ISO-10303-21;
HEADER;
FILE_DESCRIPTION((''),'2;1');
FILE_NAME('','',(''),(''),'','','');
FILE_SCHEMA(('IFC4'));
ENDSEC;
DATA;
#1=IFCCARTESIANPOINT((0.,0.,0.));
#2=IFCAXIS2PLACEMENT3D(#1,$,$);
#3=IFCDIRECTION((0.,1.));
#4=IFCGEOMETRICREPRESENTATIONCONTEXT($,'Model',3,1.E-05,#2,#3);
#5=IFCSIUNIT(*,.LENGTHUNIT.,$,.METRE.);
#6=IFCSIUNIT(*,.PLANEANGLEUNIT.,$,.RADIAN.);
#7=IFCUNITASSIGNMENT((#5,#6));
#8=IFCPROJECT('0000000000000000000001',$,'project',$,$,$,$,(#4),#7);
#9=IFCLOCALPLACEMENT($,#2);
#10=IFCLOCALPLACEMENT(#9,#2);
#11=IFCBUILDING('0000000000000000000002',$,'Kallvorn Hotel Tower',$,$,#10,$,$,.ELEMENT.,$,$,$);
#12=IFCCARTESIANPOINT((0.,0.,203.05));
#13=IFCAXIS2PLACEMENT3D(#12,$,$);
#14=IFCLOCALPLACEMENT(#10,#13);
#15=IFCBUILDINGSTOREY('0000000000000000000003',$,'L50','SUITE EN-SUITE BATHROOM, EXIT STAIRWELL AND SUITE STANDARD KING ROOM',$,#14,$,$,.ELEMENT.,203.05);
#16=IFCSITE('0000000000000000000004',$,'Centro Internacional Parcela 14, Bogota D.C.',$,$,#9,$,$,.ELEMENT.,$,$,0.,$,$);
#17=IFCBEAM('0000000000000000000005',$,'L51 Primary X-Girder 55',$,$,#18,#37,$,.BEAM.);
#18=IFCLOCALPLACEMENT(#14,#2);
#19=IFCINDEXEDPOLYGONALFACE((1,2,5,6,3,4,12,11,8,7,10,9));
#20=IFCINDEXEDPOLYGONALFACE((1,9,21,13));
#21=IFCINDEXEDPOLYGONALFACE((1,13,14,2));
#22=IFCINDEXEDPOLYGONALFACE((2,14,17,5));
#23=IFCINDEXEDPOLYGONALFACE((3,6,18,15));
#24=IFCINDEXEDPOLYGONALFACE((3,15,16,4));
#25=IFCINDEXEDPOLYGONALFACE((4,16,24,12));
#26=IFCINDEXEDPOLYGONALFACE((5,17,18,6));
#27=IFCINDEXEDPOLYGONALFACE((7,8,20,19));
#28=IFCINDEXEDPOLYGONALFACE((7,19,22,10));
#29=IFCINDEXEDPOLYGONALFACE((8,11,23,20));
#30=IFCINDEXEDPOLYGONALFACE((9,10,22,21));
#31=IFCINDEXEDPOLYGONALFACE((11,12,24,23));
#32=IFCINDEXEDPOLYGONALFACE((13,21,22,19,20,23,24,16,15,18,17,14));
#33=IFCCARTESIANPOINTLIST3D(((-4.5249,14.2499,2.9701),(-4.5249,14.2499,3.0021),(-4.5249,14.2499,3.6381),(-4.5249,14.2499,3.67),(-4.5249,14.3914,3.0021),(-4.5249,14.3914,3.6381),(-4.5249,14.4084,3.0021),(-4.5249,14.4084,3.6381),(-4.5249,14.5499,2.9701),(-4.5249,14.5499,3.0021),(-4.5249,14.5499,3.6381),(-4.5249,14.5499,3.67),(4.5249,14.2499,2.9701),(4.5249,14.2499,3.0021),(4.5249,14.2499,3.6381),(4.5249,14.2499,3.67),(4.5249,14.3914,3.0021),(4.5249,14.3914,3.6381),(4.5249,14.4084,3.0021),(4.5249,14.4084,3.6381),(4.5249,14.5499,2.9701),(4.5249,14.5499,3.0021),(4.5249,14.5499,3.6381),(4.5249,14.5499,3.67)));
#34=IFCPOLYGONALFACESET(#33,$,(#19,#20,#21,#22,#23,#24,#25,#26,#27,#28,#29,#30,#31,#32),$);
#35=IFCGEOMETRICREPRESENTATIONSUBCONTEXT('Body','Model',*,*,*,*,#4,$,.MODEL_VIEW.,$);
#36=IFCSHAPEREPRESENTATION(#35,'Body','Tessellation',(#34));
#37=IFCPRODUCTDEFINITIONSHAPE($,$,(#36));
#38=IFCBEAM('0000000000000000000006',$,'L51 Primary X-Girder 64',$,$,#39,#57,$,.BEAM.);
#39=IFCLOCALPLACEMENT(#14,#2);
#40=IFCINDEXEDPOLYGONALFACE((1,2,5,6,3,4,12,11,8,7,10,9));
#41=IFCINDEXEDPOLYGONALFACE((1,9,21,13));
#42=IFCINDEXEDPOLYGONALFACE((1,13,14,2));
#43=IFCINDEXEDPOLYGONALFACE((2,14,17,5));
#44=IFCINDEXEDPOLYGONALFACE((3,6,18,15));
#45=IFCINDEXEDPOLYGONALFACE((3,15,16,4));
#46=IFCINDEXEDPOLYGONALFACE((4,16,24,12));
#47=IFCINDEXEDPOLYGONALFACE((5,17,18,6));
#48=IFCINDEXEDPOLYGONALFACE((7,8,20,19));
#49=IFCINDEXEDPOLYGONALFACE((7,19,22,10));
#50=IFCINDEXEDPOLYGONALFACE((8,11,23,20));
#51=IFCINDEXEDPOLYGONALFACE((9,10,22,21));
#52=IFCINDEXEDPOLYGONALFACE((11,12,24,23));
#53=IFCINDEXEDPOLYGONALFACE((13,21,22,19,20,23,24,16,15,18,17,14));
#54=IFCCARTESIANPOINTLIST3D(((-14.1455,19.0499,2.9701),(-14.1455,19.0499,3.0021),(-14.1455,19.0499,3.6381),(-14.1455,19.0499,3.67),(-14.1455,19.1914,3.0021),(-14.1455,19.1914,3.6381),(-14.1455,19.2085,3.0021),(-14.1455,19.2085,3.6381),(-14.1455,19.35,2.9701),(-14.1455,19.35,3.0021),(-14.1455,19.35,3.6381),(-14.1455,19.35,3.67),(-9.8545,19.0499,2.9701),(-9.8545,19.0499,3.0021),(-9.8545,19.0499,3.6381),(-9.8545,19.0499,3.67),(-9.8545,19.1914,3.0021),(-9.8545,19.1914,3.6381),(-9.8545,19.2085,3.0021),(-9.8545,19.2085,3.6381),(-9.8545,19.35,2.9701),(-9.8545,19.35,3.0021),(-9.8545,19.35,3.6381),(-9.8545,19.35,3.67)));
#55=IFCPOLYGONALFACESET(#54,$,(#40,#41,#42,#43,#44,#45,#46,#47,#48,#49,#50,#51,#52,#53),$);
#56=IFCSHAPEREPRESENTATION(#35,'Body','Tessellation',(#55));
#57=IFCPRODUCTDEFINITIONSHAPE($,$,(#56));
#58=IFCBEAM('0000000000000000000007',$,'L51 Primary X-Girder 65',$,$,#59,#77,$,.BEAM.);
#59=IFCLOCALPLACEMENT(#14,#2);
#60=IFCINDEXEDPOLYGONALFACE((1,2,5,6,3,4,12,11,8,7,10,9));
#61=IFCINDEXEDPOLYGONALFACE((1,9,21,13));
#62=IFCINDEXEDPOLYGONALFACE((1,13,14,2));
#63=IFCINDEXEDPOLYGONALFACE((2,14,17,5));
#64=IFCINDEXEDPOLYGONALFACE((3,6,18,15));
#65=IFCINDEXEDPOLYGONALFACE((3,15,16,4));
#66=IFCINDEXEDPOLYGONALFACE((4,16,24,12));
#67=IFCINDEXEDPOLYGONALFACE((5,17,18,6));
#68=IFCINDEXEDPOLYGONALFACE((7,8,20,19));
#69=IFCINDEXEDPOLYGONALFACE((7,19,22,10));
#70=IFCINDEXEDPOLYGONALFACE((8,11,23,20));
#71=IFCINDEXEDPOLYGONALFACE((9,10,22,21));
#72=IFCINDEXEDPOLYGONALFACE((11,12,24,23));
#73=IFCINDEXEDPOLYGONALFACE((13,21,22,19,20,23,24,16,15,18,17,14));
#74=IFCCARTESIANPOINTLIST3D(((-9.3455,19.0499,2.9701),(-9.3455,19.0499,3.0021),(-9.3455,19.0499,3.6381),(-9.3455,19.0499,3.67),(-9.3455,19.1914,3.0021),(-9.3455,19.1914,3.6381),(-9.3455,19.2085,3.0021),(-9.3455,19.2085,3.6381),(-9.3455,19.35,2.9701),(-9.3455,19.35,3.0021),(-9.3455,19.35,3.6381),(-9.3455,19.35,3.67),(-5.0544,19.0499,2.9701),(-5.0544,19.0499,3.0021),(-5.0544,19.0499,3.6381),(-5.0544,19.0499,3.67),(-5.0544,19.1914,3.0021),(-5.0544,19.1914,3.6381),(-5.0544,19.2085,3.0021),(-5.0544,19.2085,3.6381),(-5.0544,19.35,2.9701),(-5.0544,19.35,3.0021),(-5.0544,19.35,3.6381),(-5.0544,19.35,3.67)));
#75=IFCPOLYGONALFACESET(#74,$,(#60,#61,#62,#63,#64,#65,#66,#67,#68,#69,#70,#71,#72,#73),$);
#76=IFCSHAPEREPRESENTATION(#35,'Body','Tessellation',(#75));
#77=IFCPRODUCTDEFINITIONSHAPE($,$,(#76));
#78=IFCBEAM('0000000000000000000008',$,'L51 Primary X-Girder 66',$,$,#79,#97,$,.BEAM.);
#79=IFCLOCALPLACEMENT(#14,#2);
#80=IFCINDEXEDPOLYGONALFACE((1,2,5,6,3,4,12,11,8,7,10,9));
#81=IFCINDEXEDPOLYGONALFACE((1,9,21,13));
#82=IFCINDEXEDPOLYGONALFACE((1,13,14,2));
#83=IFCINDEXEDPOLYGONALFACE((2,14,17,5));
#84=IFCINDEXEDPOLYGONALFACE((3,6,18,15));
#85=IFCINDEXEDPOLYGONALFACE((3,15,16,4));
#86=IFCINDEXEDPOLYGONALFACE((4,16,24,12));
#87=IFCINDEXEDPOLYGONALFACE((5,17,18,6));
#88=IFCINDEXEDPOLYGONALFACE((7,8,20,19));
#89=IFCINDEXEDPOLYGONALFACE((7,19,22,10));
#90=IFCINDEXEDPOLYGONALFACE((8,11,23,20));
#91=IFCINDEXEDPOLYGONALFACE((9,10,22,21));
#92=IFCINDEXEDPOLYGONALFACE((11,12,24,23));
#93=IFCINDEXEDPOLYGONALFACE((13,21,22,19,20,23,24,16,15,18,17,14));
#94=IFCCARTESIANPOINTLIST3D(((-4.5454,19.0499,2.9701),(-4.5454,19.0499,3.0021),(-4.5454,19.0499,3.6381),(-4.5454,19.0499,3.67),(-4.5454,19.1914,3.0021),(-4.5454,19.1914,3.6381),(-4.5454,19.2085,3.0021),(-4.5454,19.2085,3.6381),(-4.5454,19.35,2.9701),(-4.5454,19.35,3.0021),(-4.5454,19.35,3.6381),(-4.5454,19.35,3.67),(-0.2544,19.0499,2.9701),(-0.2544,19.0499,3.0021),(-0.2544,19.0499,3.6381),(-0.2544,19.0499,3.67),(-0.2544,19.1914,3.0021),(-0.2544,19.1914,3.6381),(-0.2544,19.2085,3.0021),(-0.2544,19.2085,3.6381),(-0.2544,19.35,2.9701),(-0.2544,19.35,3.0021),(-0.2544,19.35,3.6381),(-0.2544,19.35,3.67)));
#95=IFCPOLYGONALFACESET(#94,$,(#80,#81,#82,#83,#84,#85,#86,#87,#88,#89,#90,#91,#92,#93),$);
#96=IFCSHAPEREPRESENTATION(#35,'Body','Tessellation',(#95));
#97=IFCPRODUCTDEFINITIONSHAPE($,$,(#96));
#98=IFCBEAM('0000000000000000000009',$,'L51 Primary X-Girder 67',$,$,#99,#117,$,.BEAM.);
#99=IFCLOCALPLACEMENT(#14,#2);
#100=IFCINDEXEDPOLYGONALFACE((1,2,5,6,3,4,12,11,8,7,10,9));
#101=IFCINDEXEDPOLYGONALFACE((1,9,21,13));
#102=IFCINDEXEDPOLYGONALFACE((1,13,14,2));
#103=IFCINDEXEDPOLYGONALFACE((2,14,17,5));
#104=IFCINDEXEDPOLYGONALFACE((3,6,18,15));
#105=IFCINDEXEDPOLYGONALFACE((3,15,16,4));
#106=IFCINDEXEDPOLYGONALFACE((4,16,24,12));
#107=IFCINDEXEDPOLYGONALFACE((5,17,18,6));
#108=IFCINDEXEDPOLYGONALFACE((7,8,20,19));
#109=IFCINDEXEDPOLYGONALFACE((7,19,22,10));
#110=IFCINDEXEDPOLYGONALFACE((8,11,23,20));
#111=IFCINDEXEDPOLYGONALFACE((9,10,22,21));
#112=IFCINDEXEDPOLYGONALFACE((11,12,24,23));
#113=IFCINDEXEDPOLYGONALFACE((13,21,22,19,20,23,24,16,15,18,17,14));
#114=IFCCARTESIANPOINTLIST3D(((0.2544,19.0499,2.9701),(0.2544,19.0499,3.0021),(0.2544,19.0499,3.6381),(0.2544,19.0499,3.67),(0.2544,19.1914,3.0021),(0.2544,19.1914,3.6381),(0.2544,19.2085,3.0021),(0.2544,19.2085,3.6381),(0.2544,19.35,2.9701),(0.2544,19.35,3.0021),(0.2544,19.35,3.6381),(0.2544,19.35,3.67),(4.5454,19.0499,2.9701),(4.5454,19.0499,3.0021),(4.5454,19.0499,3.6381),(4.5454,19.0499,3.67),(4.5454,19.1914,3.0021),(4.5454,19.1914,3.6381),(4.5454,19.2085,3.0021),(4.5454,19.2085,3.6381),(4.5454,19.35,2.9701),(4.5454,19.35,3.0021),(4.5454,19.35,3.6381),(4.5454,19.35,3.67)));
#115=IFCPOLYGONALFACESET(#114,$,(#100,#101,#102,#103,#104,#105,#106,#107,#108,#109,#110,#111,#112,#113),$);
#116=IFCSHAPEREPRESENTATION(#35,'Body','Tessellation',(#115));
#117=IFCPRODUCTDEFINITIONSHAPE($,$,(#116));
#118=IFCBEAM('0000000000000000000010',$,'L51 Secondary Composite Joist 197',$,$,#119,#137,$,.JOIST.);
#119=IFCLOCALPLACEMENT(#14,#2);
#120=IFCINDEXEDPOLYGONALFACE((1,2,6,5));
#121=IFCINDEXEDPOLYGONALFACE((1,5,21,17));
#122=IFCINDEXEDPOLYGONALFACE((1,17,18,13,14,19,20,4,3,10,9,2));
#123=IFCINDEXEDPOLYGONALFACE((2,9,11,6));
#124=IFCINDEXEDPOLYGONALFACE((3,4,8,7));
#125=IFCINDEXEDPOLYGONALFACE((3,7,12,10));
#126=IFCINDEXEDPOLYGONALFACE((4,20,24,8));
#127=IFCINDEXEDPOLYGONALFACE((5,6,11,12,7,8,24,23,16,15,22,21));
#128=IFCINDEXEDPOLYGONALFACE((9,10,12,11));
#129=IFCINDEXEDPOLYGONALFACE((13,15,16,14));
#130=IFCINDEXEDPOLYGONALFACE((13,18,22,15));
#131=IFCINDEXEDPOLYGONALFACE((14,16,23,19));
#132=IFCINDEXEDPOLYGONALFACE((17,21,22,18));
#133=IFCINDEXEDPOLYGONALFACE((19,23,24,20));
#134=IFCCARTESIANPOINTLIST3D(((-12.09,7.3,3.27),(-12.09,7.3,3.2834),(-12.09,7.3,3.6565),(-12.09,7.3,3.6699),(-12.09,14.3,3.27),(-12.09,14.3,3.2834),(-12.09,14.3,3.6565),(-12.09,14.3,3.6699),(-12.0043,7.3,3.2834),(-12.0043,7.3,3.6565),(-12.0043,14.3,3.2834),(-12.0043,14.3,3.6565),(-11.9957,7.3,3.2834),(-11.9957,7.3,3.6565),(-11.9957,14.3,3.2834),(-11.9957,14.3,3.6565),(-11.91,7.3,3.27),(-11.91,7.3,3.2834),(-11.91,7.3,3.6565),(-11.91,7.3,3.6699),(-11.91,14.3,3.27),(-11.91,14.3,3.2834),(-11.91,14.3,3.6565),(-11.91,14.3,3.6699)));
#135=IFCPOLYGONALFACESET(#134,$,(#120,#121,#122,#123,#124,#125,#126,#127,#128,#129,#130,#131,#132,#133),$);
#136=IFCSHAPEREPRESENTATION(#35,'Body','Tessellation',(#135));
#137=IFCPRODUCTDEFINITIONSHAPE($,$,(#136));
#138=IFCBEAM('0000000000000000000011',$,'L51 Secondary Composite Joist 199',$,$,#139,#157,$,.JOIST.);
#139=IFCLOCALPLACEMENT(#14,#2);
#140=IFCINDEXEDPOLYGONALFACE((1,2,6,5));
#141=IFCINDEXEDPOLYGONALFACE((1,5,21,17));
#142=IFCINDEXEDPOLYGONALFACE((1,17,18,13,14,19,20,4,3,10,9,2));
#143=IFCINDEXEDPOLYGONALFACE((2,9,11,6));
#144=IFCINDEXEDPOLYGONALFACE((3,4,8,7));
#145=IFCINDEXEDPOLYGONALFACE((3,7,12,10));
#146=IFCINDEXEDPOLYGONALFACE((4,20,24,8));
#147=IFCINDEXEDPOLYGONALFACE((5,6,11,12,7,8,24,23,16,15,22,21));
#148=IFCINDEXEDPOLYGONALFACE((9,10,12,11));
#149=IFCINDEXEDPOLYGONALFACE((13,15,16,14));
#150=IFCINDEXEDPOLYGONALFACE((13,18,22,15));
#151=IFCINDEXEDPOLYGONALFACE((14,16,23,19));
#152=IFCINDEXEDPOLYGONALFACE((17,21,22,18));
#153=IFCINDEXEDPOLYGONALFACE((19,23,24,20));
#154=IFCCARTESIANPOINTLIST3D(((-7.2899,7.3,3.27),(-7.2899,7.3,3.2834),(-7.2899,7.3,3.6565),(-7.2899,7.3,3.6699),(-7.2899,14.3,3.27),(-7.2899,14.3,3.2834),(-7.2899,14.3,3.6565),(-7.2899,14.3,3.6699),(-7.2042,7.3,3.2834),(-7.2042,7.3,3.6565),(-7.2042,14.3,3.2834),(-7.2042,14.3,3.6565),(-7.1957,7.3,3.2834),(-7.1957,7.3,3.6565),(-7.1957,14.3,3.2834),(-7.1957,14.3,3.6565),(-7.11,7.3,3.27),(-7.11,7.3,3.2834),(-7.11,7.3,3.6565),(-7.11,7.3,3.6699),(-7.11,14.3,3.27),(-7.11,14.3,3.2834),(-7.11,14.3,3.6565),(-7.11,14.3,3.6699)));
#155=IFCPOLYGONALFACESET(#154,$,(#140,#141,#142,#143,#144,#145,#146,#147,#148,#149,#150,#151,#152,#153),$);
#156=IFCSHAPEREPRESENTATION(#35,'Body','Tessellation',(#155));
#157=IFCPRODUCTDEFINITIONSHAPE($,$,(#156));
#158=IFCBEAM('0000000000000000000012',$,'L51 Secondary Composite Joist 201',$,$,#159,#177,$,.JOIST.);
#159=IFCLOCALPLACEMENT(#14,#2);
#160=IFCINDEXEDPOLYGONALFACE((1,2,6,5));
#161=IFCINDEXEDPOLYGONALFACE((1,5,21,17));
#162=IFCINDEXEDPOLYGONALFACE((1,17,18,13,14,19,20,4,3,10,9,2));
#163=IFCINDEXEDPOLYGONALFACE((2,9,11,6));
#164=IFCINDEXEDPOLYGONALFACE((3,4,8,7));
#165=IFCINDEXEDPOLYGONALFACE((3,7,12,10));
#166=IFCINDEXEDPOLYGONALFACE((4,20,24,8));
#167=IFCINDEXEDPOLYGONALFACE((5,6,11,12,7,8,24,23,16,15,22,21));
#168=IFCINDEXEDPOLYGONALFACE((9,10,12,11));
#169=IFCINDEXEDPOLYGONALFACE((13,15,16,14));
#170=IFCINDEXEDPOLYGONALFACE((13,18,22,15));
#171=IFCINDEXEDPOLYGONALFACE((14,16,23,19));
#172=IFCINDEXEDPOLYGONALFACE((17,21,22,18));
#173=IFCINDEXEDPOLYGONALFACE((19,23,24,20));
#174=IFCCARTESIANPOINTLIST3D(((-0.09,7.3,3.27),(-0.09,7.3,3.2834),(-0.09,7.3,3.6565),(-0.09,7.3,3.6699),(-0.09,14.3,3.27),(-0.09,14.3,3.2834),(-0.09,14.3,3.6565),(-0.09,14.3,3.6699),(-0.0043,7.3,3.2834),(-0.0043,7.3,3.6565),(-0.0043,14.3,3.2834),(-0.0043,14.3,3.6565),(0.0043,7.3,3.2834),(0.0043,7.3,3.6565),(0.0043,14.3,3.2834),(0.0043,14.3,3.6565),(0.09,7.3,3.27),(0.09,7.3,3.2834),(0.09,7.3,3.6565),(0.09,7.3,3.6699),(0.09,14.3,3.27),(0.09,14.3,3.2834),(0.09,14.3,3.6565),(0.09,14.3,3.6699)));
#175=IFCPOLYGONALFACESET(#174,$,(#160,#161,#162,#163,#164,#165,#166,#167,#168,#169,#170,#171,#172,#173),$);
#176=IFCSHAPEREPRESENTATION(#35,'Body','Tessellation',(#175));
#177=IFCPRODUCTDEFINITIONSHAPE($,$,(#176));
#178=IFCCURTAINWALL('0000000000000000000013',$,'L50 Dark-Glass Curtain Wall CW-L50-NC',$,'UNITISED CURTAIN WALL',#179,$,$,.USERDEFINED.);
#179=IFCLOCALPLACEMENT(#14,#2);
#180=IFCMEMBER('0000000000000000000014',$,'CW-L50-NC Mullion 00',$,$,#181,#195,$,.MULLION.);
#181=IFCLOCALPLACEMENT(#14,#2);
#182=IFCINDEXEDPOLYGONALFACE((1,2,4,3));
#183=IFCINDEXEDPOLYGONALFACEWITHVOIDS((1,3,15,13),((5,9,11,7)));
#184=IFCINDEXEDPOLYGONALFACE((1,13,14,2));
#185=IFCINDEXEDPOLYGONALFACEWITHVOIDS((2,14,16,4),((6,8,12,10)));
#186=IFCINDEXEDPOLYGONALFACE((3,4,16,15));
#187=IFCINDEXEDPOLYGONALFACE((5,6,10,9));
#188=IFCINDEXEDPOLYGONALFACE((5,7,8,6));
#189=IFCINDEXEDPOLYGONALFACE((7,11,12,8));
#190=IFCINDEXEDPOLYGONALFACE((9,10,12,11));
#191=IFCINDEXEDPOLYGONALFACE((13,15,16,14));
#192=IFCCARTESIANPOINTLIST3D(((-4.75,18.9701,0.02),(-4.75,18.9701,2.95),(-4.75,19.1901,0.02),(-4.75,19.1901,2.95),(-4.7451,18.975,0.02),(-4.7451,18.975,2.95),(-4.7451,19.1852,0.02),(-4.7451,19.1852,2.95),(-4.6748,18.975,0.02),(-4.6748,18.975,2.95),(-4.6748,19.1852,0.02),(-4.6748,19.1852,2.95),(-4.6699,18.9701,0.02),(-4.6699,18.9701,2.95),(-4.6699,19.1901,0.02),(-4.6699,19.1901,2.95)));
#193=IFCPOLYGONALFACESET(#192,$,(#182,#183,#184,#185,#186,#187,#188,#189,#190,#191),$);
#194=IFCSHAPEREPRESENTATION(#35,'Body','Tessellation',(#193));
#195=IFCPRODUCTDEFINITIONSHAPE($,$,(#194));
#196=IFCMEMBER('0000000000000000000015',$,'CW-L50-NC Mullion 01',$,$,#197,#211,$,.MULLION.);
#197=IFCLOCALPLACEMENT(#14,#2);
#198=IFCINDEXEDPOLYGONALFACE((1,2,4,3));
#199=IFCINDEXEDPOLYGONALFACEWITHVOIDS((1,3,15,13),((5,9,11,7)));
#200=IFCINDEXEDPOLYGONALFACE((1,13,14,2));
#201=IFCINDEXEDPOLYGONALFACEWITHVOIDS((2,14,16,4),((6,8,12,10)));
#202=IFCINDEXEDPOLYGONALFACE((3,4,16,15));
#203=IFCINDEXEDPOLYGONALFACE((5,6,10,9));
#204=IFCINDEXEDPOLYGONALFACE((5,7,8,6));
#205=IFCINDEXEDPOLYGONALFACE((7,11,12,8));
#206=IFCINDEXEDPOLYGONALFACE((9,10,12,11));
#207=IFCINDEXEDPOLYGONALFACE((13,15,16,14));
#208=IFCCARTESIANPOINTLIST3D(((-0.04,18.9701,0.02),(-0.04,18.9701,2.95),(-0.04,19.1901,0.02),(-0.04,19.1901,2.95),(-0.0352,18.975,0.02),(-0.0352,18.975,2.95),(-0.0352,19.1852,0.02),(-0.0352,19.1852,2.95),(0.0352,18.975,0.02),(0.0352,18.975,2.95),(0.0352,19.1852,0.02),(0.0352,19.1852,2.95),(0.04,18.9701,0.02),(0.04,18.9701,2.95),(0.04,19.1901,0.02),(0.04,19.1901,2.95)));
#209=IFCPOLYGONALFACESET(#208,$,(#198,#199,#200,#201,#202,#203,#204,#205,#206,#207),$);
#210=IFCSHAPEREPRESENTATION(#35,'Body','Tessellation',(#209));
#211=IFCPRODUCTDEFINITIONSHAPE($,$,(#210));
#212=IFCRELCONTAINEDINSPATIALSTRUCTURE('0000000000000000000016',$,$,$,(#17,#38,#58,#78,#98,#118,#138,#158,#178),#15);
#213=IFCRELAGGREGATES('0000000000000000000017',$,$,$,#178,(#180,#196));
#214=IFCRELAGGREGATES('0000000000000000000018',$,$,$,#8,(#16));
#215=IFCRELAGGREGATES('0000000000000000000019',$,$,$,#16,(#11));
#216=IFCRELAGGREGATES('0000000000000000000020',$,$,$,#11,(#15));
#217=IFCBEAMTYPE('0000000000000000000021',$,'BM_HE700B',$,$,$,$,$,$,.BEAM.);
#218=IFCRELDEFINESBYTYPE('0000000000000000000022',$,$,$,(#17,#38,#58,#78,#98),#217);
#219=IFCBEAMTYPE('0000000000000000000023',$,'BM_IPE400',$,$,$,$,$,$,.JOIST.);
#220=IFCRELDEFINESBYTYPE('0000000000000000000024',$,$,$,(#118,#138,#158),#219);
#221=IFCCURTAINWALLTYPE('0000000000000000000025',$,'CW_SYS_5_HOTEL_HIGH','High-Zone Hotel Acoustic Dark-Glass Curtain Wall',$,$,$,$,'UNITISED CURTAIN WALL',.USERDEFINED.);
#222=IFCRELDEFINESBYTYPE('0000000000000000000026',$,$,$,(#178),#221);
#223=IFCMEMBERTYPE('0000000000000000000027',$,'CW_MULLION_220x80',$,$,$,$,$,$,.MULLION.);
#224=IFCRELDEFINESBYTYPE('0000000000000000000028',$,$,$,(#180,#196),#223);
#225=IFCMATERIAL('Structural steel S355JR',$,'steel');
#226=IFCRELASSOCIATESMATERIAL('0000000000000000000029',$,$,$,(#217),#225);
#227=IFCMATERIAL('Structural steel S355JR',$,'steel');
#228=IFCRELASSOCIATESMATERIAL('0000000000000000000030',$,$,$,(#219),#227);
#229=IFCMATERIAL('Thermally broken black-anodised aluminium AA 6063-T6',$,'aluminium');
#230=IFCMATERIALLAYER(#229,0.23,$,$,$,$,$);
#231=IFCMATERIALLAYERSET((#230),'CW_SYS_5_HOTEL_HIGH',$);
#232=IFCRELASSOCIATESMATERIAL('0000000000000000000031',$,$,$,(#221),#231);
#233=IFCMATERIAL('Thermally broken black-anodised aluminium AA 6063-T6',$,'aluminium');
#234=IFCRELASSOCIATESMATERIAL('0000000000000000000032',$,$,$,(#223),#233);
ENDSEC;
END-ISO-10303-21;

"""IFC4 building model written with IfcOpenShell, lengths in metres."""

from ifc_helpers import new_model, si_unit, direction, frame, origin, origin_2d, place, context, subcontext, project, spatial, hollow_rectangle, i_section, extrude, material, layer, layer_set, material_profile, profile_set, type_object, element, aggregate, save


model = new_model("IFC4")

# Units and contexts
model_context = context("Model", 3, precision=1e-05, world=origin(), true_north=direction((0.0, 1.0)))
body_context = subcontext(model_context, "Body", "Model", "MODEL_VIEW")
ifc_project = project(units=[si_unit("LENGTHUNIT", "METRE"), si_unit("PLANEANGLEUNIT", "RADIAN")], contexts=[model_context])

# Site, building, storey
site_placement = place(None, origin())
site = spatial("IfcSite", under=ifc_project, at=site_placement, Name="Centro Internacional Parcela 14, Bogota D.C.", CompositionType="ELEMENT", RefElevation=0.0)
building_placement = place(site_placement, origin())
building = spatial("IfcBuilding", under=site, at=building_placement, Name="Kallvorn Hotel Tower", CompositionType="ELEMENT")
storey_placement = place(building_placement, frame((0.0, 0.0, 203.05)))
storey = spatial("IfcBuildingStorey", under=building, at=storey_placement, Name="L50", Description="SUITE EN-SUITE BATHROOM, EXIT STAIRWELL AND SUITE STANDARD KING ROOM", CompositionType="ELEMENT", Elevation=203.05)

# Beams
ifc_material_1 = material(Name="Structural steel S355JR", Category="steel")
ifc_material_profile_1 = material_profile(ifc_material_1, i_section(OverallWidth=0.3, OverallDepth=0.7, WebThickness=0.0171, FlangeThickness=0.032, at=origin_2d()), Name="HE 700 B")
ifc_profile_set_1 = profile_set([ifc_material_profile_1], Name="Structural steel S355JR")
beam_type_1 = type_object("IfcBeamType", Name="BM_HE700B", PredefinedType="BEAM", material=ifc_profile_set_1)
beam_1_placement = place(storey_placement, frame((-4.5249, 14.3999, 3.3201), z_axis=(1.0, 0.0, 0.0), x_axis=(0.0, 1.0, 0.0)))
element("IfcBeam", 1, at=beam_1_placement, inside=storey, type_object=beam_type_1, Name="L51 Primary X-Girder 55", PredefinedType="BEAM", context=body_context, shape_type="SweptSolid", body=[
    extrude(i_section(OverallWidth=0.3, OverallDepth=0.7, WebThickness=0.0171, FlangeThickness=0.032, at=origin_2d()), origin(), (0.0, 0.0, 1.0), 9.0498),
])
for number, where, z_axis, x_axis, name in (
    (2, (-14.1455, 19.2, 3.3201), (1.0, 0.0, 0.0), (0.0, 1.0, 0.0), "L51 Primary X-Girder 64"),
    (3, (-9.3455, 19.2, 3.3201), (1.0, 0.0, 0.0), (0.0, 1.0, 0.0), "L51 Primary X-Girder 65"),
    (4, (-4.5454, 19.2, 3.3201), (1.0, 0.0, 0.0), (0.0, 1.0, 0.0), "L51 Primary X-Girder 66"),
    (5, (0.2544, 19.2, 3.3201), (1.0, 0.0, 0.0), (0.0, 1.0, 0.0), "L51 Primary X-Girder 67"),
):
    element("IfcBeam", number, at=place(storey_placement, frame(where, z_axis=z_axis, x_axis=x_axis)), inside=storey, type_object=beam_type_1, Name=name, PredefinedType="BEAM", context=body_context, shape_type="SweptSolid", body=[
        extrude(i_section(OverallWidth=0.3, OverallDepth=0.7, WebThickness=0.0171, FlangeThickness=0.032, at=origin_2d()), origin(), (0.0, 0.0, 1.0), 4.291),
    ])
ifc_material_2 = material(Name="Structural steel S355JR", Category="steel")
ifc_material_profile_2 = material_profile(ifc_material_2, i_section(OverallWidth=0.1799, OverallDepth=0.3999, WebThickness=0.0085, FlangeThickness=0.0134, at=origin_2d()), Name="IPE 400")
ifc_profile_set_2 = profile_set([ifc_material_profile_2], Name="Structural steel S355JR")
beam_type_2 = type_object("IfcBeamType", Name="BM_IPE400", PredefinedType="JOIST", material=ifc_profile_set_2)
for number, where, z_axis, x_axis, name in (
    (6, (-12.0, 7.3, 3.47), (0.0, 1.0, 0.0), (-1.0, 0.0, 0.0), "L51 Secondary Composite Joist 197"),
    (7, (-7.2, 7.3, 3.47), (0.0, 1.0, 0.0), (-1.0, 0.0, 0.0), "L51 Secondary Composite Joist 199"),
    (8, (0.0, 7.3, 3.47), (0.0, 1.0, 0.0), (-1.0, 0.0, 0.0), "L51 Secondary Composite Joist 201"),
):
    element("IfcBeam", number, at=place(storey_placement, frame(where, z_axis=z_axis, x_axis=x_axis)), inside=storey, type_object=beam_type_2, Name=name, PredefinedType="JOIST", context=body_context, shape_type="SweptSolid", body=[
        extrude(i_section(OverallWidth=0.1799, OverallDepth=0.3999, WebThickness=0.0085, FlangeThickness=0.0134, at=origin_2d()), origin(), (0.0, 0.0, 1.0), 7.0),
    ])

# Curtain wall, members
ifc_material_3 = material(Name="Thermally broken black-anodised aluminium AA 6063-T6", Category="aluminium")
ifc_layer_1 = layer(ifc_material_3, 0.23)
ifc_layer_set_1 = layer_set([ifc_layer_1], Name="CW_SYS_5_HOTEL_HIGH")
curtain_wall_type = type_object("IfcCurtainWallType", Name="CW_SYS_5_HOTEL_HIGH", Description="High-Zone Hotel Acoustic Dark-Glass Curtain Wall", ElementType="UNITISED CURTAIN WALL", PredefinedType="USERDEFINED", material=ifc_layer_set_1)
curtain_wall_placement = place(storey_placement, origin())
curtain_wall = element("IfcCurtainWall", 9, at=curtain_wall_placement, inside=storey, type_object=curtain_wall_type, Name="L50 Dark-Glass Curtain Wall CW-L50-NC", ObjectType="UNITISED CURTAIN WALL", PredefinedType="USERDEFINED")
ifc_material_4 = material(Name="Thermally broken black-anodised aluminium AA 6063-T6", Category="aluminium")
ifc_material_profile_3 = material_profile(ifc_material_4, hollow_rectangle(XDim=0.0801, YDim=0.22, WallThickness=0.0049, at=origin_2d()), Name="MUL 220x80")
ifc_profile_set_3 = profile_set([ifc_material_profile_3], Name="Thermally broken black-anodised aluminium AA 6063-T6")
member_type_1 = type_object("IfcMemberType", Name="CW_MULLION_220x80", PredefinedType="MULLION", material=ifc_profile_set_3)
member_1_placement = place(storey_placement, frame((-4.71, 19.0801, 0.02), z_axis=(0.0, 0.0, 1.0), x_axis=(1.0, 0.0, 0.0)))
member_1 = element("IfcMember", 10, at=member_1_placement, type_object=member_type_1, Name="CW-L50-NC Mullion 00", PredefinedType="MULLION", context=body_context, shape_type="SweptSolid", body=[
    extrude(hollow_rectangle(XDim=0.0801, YDim=0.22, WallThickness=0.0049, at=origin_2d()), origin(), (0.0, 0.0, 1.0), 2.9299),
])
member_2_placement = place(storey_placement, frame((0.0, 19.0801, 0.02), z_axis=(0.0, 0.0, 1.0), x_axis=(1.0, 0.0, 0.0)))
member_2 = element("IfcMember", 11, at=member_2_placement, type_object=member_type_1, Name="CW-L50-NC Mullion 01", PredefinedType="MULLION", context=body_context, shape_type="SweptSolid", body=[
    extrude(hollow_rectangle(XDim=0.0801, YDim=0.22, WallThickness=0.0049, at=origin_2d()), origin(), (0.0, 0.0, 1.0), 2.9299),
])
aggregate(curtain_wall, [member_1, member_2])

save(model, "model.ifc")
